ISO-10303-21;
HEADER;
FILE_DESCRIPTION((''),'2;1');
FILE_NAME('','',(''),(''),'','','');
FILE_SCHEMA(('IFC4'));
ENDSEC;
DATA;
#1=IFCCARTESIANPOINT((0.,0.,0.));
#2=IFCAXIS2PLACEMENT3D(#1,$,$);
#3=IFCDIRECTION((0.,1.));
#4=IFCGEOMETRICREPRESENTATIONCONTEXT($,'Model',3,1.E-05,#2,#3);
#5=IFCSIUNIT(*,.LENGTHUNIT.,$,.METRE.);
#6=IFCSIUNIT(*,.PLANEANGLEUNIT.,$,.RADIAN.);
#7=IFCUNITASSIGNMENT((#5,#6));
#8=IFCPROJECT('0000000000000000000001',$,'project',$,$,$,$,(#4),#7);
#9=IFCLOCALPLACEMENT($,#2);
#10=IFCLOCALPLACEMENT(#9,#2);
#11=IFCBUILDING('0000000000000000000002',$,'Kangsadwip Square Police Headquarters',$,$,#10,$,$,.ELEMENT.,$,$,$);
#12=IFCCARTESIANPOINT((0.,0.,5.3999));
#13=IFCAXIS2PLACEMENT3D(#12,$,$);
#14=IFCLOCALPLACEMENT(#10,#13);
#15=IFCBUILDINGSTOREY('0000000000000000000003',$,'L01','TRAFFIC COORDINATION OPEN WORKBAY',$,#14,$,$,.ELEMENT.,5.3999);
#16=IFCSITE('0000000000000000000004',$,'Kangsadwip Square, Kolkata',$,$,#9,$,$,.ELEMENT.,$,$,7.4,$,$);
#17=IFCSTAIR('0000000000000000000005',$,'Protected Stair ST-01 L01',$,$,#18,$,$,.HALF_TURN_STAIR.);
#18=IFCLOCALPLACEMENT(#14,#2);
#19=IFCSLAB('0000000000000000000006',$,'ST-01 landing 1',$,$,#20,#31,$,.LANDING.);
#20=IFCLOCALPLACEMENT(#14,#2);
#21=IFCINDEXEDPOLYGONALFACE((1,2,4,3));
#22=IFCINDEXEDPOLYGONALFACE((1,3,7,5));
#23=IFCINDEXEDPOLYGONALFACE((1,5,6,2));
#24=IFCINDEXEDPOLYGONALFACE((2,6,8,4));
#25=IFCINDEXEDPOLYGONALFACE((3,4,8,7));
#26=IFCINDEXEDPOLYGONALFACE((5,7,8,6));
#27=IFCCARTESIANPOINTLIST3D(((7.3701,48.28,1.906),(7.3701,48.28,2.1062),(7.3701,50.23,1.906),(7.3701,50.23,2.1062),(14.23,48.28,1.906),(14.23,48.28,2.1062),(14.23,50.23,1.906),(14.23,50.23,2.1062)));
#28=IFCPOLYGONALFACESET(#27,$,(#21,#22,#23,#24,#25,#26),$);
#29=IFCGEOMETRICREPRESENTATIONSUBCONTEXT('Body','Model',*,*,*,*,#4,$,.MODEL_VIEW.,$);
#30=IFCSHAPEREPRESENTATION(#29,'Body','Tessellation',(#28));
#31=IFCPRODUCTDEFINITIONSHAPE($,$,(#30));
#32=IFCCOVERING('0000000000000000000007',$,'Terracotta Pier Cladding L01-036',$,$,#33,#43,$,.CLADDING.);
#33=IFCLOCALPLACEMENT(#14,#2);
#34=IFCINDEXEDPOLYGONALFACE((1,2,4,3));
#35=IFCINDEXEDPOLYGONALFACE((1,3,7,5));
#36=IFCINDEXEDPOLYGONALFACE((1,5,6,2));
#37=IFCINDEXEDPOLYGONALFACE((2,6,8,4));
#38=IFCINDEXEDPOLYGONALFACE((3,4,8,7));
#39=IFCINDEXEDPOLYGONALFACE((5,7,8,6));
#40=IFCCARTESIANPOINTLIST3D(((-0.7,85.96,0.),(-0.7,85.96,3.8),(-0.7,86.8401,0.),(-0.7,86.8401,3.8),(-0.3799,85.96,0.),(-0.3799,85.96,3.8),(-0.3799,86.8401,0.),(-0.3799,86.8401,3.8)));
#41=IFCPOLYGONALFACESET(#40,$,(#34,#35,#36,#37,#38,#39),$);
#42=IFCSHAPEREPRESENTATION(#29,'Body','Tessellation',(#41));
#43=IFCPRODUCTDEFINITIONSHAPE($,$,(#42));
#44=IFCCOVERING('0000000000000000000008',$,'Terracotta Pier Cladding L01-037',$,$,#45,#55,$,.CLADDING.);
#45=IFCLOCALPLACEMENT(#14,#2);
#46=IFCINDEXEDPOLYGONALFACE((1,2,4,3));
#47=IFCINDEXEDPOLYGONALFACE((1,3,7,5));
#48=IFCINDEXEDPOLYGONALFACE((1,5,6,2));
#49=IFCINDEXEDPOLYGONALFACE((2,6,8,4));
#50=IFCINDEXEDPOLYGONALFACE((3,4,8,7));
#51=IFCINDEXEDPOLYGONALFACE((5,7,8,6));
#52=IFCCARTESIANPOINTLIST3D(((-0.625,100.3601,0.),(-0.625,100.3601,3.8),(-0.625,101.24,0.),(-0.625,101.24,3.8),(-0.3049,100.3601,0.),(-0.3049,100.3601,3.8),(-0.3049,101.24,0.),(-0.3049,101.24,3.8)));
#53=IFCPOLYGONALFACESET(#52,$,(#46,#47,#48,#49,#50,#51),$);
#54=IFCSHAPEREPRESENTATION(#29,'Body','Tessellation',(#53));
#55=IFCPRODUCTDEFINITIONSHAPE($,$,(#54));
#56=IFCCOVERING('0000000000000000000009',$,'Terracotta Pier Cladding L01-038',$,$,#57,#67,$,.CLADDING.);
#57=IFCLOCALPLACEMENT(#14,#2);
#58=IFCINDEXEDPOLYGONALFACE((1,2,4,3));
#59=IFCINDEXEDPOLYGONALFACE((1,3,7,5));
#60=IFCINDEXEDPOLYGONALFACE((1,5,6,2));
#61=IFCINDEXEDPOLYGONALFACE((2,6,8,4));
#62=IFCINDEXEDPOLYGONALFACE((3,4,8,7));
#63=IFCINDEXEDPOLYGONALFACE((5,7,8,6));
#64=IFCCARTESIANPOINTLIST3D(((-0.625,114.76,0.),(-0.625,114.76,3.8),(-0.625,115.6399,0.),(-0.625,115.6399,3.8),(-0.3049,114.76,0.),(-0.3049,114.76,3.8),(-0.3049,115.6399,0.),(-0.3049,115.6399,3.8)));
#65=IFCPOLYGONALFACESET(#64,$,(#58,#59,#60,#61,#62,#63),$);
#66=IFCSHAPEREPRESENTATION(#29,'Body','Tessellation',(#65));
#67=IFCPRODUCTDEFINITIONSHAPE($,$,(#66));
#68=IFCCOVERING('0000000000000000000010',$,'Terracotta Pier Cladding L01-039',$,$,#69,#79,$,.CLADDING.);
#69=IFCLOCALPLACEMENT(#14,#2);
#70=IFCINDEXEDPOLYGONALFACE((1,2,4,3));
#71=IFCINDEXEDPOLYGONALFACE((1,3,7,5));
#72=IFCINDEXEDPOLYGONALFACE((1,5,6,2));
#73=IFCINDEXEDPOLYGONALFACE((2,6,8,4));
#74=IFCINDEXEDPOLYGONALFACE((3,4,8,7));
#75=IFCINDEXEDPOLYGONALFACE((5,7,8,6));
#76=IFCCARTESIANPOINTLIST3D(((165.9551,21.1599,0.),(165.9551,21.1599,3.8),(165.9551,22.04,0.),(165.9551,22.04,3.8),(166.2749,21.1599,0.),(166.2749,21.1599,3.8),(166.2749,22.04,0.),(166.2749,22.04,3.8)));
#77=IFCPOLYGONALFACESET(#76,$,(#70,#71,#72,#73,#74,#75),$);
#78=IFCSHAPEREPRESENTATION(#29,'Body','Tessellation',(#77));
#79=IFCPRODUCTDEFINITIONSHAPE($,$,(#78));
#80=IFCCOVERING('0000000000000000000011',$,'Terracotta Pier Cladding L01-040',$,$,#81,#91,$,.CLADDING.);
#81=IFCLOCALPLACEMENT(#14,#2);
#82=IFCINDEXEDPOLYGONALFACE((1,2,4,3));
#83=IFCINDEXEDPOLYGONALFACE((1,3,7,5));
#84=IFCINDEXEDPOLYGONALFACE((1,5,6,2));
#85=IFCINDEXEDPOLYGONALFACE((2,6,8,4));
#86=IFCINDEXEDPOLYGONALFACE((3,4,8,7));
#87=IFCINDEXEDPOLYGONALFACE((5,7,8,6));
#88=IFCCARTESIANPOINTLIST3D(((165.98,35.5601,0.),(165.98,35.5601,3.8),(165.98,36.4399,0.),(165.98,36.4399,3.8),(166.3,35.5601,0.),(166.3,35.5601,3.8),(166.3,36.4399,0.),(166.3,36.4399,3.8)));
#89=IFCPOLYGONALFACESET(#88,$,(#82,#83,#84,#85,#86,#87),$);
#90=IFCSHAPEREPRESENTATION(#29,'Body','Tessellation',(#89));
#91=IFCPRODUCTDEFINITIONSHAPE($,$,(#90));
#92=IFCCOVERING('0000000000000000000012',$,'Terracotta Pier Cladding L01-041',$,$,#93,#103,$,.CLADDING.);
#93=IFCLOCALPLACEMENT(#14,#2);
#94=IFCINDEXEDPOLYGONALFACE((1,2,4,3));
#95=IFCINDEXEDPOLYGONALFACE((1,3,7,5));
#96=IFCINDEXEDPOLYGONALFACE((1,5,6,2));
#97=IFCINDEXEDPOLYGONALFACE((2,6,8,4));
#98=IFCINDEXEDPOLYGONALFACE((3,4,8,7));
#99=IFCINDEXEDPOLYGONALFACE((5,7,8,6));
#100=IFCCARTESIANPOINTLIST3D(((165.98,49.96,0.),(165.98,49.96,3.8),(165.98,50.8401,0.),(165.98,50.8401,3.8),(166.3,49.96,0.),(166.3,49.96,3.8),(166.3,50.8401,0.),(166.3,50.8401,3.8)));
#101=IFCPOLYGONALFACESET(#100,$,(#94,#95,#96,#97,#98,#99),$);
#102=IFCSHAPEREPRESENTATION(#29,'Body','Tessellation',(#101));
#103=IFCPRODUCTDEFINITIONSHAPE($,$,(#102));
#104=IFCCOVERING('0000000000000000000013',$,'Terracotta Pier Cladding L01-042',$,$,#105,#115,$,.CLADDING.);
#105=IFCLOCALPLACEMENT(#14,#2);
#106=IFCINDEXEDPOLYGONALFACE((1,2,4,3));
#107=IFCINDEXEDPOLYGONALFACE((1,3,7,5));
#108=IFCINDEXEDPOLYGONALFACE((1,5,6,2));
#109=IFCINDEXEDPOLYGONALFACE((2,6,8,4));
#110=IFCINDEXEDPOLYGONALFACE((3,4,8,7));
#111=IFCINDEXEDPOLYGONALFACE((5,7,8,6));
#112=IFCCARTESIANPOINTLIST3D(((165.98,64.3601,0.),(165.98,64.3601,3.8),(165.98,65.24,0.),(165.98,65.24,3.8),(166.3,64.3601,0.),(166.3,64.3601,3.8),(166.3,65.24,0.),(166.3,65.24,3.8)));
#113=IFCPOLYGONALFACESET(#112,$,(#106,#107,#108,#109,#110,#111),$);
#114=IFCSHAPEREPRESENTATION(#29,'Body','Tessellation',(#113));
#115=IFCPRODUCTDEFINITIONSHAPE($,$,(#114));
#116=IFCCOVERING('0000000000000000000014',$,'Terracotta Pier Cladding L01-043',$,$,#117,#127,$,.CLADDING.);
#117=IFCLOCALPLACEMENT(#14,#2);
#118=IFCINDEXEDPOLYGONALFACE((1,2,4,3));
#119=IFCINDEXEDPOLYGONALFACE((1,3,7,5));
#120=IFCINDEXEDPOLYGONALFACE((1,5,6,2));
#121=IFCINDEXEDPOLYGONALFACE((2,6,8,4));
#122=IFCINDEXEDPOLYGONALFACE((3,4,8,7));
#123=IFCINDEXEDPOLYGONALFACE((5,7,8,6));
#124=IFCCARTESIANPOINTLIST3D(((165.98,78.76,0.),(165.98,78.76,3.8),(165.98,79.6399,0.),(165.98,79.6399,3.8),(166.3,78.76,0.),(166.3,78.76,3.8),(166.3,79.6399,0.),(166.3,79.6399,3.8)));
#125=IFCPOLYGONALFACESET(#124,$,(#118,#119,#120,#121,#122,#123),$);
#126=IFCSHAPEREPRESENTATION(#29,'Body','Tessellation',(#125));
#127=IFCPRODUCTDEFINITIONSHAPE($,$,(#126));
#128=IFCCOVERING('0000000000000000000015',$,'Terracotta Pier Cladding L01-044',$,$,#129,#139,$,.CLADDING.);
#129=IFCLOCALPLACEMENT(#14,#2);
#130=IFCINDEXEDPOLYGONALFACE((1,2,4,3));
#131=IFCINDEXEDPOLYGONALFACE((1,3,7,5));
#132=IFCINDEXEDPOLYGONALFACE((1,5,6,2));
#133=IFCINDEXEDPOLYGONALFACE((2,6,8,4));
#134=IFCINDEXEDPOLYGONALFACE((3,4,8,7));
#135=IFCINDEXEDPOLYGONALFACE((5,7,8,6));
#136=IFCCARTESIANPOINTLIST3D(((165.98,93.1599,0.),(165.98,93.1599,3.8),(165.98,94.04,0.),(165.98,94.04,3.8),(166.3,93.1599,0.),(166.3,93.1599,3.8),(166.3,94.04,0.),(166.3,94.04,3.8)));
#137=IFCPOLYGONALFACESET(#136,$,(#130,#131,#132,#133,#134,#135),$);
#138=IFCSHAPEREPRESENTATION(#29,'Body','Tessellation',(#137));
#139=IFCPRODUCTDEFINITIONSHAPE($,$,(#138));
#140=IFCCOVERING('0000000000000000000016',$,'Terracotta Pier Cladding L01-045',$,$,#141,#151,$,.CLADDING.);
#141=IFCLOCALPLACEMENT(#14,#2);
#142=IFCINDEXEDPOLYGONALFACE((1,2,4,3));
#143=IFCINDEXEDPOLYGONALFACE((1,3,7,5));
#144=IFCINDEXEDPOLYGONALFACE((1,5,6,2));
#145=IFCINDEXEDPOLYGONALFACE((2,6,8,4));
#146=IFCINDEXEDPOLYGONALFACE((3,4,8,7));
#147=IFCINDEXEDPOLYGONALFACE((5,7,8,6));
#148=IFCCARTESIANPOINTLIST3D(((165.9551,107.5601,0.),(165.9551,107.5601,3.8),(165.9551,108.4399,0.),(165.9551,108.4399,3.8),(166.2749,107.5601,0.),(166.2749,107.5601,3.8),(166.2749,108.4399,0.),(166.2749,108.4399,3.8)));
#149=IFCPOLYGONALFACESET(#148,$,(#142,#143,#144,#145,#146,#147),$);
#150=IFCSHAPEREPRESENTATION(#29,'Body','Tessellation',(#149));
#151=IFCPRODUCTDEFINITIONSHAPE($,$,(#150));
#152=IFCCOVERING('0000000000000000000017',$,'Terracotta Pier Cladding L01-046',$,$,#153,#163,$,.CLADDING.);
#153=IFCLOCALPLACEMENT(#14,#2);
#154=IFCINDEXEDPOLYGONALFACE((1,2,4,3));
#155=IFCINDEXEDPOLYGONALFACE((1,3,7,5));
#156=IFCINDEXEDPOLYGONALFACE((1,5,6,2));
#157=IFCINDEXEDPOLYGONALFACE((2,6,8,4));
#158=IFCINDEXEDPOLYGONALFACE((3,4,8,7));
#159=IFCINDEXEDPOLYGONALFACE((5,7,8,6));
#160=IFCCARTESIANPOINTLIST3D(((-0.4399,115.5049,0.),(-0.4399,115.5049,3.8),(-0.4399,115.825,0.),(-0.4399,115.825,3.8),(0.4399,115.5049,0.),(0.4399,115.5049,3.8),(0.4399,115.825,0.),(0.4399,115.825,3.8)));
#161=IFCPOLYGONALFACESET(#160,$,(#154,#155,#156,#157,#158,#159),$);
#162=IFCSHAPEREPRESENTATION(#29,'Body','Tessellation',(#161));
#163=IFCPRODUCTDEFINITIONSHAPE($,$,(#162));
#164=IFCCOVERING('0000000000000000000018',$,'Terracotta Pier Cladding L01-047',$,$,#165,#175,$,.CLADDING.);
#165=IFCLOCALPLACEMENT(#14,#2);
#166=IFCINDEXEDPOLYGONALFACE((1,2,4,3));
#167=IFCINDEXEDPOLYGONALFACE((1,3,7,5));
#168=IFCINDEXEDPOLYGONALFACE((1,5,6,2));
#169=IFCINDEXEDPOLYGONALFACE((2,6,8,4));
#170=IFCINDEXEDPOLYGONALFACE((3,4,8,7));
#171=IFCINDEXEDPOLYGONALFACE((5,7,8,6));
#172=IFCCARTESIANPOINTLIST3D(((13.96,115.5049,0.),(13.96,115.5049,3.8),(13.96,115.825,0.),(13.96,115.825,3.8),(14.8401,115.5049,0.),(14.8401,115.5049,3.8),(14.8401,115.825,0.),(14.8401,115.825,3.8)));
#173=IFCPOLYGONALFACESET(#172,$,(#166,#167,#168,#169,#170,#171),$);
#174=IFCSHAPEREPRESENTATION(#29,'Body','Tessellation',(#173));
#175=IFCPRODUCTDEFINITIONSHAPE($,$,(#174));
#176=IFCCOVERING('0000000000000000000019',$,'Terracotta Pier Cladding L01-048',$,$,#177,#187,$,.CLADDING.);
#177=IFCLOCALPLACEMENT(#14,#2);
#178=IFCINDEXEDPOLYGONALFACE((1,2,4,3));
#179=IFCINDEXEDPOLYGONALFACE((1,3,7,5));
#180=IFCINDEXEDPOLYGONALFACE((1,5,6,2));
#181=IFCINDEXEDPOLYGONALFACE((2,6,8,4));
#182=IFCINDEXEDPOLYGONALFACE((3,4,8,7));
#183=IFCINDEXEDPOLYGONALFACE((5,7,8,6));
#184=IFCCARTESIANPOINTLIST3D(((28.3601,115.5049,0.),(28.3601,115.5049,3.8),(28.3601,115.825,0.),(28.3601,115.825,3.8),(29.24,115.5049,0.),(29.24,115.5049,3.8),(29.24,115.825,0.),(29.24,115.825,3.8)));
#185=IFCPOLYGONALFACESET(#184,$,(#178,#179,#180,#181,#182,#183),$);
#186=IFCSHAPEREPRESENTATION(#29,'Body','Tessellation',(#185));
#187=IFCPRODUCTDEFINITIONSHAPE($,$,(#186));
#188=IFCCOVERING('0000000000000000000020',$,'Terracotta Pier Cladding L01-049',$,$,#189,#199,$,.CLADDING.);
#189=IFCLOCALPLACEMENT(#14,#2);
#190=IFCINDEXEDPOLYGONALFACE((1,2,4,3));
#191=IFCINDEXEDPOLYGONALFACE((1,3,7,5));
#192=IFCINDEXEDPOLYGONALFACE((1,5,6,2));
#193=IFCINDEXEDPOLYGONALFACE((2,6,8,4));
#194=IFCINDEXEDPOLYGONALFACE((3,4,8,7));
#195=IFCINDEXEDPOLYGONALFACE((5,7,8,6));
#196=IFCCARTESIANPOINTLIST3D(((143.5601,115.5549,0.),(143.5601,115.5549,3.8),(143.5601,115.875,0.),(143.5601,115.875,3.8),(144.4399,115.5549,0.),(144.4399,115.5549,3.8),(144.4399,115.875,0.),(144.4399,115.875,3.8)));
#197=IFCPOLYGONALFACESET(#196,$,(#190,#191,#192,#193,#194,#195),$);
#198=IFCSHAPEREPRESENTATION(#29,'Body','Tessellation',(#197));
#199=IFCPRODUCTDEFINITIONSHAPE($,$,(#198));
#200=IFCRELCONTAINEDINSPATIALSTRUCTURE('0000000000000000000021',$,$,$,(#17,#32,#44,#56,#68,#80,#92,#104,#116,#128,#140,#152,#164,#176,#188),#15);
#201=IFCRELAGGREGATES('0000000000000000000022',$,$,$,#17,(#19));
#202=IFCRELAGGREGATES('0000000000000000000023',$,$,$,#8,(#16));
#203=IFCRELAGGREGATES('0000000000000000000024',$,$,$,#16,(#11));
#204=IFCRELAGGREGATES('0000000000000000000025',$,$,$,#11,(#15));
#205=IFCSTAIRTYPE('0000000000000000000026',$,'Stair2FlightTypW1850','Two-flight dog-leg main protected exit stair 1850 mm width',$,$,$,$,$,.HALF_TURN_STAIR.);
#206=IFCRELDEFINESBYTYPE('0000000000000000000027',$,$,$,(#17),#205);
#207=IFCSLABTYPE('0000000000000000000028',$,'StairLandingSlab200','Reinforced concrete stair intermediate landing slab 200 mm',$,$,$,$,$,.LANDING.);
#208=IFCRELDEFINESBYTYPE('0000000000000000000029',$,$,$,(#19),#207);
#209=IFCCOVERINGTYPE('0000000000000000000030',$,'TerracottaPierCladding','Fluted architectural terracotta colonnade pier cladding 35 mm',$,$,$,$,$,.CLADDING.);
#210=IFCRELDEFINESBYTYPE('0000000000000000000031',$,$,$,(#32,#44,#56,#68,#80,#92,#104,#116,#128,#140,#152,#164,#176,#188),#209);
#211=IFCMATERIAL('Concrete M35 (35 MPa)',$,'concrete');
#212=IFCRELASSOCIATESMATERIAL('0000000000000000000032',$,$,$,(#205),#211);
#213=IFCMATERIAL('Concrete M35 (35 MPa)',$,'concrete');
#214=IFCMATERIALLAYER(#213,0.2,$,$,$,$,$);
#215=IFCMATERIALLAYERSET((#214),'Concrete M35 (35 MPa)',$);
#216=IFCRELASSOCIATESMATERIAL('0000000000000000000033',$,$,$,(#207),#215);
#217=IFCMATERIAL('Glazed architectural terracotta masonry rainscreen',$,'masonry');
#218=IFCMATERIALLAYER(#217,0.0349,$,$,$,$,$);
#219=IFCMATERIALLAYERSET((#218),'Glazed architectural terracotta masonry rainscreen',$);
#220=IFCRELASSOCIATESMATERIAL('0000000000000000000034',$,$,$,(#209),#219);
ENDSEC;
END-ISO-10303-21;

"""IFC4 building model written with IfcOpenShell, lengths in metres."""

from ifc_helpers import new_model, si_unit, direction, frame, origin, place, context, subcontext, project, spatial, polyline, outline, extrude, material, layer, layer_set, type_object, element, aggregate, save


model = new_model("IFC4")

# Units and contexts
model_context = context("Model", 3, precision=1e-05, world=origin(), true_north=direction((0.0, 1.0)))
body_context = subcontext(model_context, "Body", "Model", "MODEL_VIEW")
ifc_project = project(units=[si_unit("LENGTHUNIT", "METRE"), si_unit("PLANEANGLEUNIT", "RADIAN")], contexts=[model_context])

# Site, building, storey
site_placement = place(None, origin())
site = spatial("IfcSite", under=ifc_project, at=site_placement, Name="Kangsadwip Square, Kolkata", CompositionType="ELEMENT", RefElevation=7.4)
building_placement = place(site_placement, origin())
building = spatial("IfcBuilding", under=site, at=building_placement, Name="Kangsadwip Square Police Headquarters", CompositionType="ELEMENT")
storey_placement = place(building_placement, frame((0.0, 0.0, 5.3999)))
storey = spatial("IfcBuildingStorey", under=building, at=storey_placement, Name="L01", Description="TRAFFIC COORDINATION OPEN WORKBAY", CompositionType="ELEMENT", Elevation=5.3999)

# Stair, slab
ifc_material_1 = material(Name="Concrete M35 (35 MPa)", Category="concrete")
stair_type = type_object("IfcStairType", Name="Stair2FlightTypW1850", Description="Two-flight dog-leg main protected exit stair 1850 mm width", PredefinedType="HALF_TURN_STAIR", material=ifc_material_1)
stair_placement = place(storey_placement, origin())
stair = element("IfcStair", 1, at=stair_placement, inside=storey, type_object=stair_type, Name="Protected Stair ST-01 L01", PredefinedType="HALF_TURN_STAIR")
ifc_material_2 = material(Name="Concrete M35 (35 MPa)", Category="concrete")
ifc_layer_1 = layer(ifc_material_2, 0.2)
ifc_layer_set_1 = layer_set([ifc_layer_1], Name="Concrete M35 (35 MPa)")
slab_type = type_object("IfcSlabType", Name="StairLandingSlab200", Description="Reinforced concrete stair intermediate landing slab 200 mm", PredefinedType="LANDING", material=ifc_layer_set_1)
slab_placement = place(storey_placement, frame((0.0, 0.0, 1.906)))
slab = element("IfcSlab", 2, at=slab_placement, type_object=slab_type, Name="ST-01 landing 1", PredefinedType="LANDING", context=body_context, shape_type="SweptSolid", body=[
    extrude(outline(polyline([(7.3701, 48.28), (14.23, 48.28), (14.23, 50.23), (7.3701, 50.23), (7.3701, 48.28)])), origin(), (0.0, 0.0, 1.0), 0.2002),
])
aggregate(stair, [slab])

# Coverings
ifc_material_3 = material(Name="Glazed architectural terracotta masonry rainscreen", Category="masonry")
ifc_layer_2 = layer(ifc_material_3, 0.0349)
ifc_layer_set_2 = layer_set([ifc_layer_2], Name="Glazed architectural terracotta masonry rainscreen")
covering_type = type_object("IfcCoveringType", Name="TerracottaPierCladding", Description="Fluted architectural terracotta colonnade pier cladding 35 mm", PredefinedType="CLADDING", material=ifc_layer_set_2)
covering_1_placement = place(storey_placement, origin())
element("IfcCovering", 3, at=covering_1_placement, inside=storey, type_object=covering_type, Name="Terracotta Pier Cladding L01-036", PredefinedType="CLADDING", context=body_context, shape_type="SweptSolid", body=[
    extrude(outline(polyline([(-0.7, 85.96), (-0.3799, 85.96), (-0.3799, 86.8401), (-0.7, 86.8401), (-0.7, 85.96)])), origin(), (0.0, 0.0, 1.0), 3.8),
])
covering_2_placement = place(storey_placement, origin())
element("IfcCovering", 4, at=covering_2_placement, inside=storey, type_object=covering_type, Name="Terracotta Pier Cladding L01-037", PredefinedType="CLADDING", context=body_context, shape_type="SweptSolid", body=[
    extrude(outline(polyline([(-0.625, 100.3601), (-0.3049, 100.3601), (-0.3049, 101.24), (-0.625, 101.24), (-0.625, 100.3601)])), origin(), (0.0, 0.0, 1.0), 3.8),
])
covering_3_placement = place(storey_placement, origin())
element("IfcCovering", 5, at=covering_3_placement, inside=storey, type_object=covering_type, Name="Terracotta Pier Cladding L01-038", PredefinedType="CLADDING", context=body_context, shape_type="SweptSolid", body=[
    extrude(outline(polyline([(-0.625, 114.76), (-0.3049, 114.76), (-0.3049, 115.6399), (-0.625, 115.6399), (-0.625, 114.76)])), origin(), (0.0, 0.0, 1.0), 3.8),
])
covering_4_placement = place(storey_placement, origin())
element("IfcCovering", 6, at=covering_4_placement, inside=storey, type_object=covering_type, Name="Terracotta Pier Cladding L01-039", PredefinedType="CLADDING", context=body_context, shape_type="SweptSolid", body=[
    extrude(outline(polyline([(165.9551, 21.1599), (166.2749, 21.1599), (166.2749, 22.04), (165.9551, 22.04), (165.9551, 21.1599)])), origin(), (0.0, 0.0, 1.0), 3.8),
])
covering_5_placement = place(storey_placement, origin())
element("IfcCovering", 7, at=covering_5_placement, inside=storey, type_object=covering_type, Name="Terracotta Pier Cladding L01-040", PredefinedType="CLADDING", context=body_context, shape_type="SweptSolid", body=[
    extrude(outline(polyline([(165.98, 35.5601), (166.3, 35.5601), (166.3, 36.4399), (165.98, 36.4399), (165.98, 35.5601)])), origin(), (0.0, 0.0, 1.0), 3.8),
])
covering_6_placement = place(storey_placement, origin())
element("IfcCovering", 8, at=covering_6_placement, inside=storey, type_object=covering_type, Name="Terracotta Pier Cladding L01-041", PredefinedType="CLADDING", context=body_context, shape_type="SweptSolid", body=[
    extrude(outline(polyline([(165.98, 49.96), (166.3, 49.96), (166.3, 50.8401), (165.98, 50.8401), (165.98, 49.96)])), origin(), (0.0, 0.0, 1.0), 3.8),
])
covering_7_placement = place(storey_placement, origin())
element("IfcCovering", 9, at=covering_7_placement, inside=storey, type_object=covering_type, Name="Terracotta Pier Cladding L01-042", PredefinedType="CLADDING", context=body_context, shape_type="SweptSolid", body=[
    extrude(outline(polyline([(165.98, 64.3601), (166.3, 64.3601), (166.3, 65.24), (165.98, 65.24), (165.98, 64.3601)])), origin(), (0.0, 0.0, 1.0), 3.8),
])
covering_8_placement = place(storey_placement, origin())
element("IfcCovering", 10, at=covering_8_placement, inside=storey, type_object=covering_type, Name="Terracotta Pier Cladding L01-043", PredefinedType="CLADDING", context=body_context, shape_type="SweptSolid", body=[
    extrude(outline(polyline([(165.98, 78.76), (166.3, 78.76), (166.3, 79.6399), (165.98, 79.6399), (165.98, 78.76)])), origin(), (0.0, 0.0, 1.0), 3.8),
])
covering_9_placement = place(storey_placement, origin())
element("IfcCovering", 11, at=covering_9_placement, inside=storey, type_object=covering_type, Name="Terracotta Pier Cladding L01-044", PredefinedType="CLADDING", context=body_context, shape_type="SweptSolid", body=[
    extrude(outline(polyline([(165.98, 93.1599), (166.3, 93.1599), (166.3, 94.04), (165.98, 94.04), (165.98, 93.1599)])), origin(), (0.0, 0.0, 1.0), 3.8),
])
covering_10_placement = place(storey_placement, origin())
element("IfcCovering", 12, at=covering_10_placement, inside=storey, type_object=covering_type, Name="Terracotta Pier Cladding L01-045", PredefinedType="CLADDING", context=body_context, shape_type="SweptSolid", body=[
    extrude(outline(polyline([(165.9551, 107.5601), (166.2749, 107.5601), (166.2749, 108.4399), (165.9551, 108.4399), (165.9551, 107.5601)])), origin(), (0.0, 0.0, 1.0), 3.8),
])
covering_11_placement = place(storey_placement, origin())
element("IfcCovering", 13, at=covering_11_placement, inside=storey, type_object=covering_type, Name="Terracotta Pier Cladding L01-046", PredefinedType="CLADDING", context=body_context, shape_type="SweptSolid", body=[
    extrude(outline(polyline([(-0.4399, 115.5049), (0.4399, 115.5049), (0.4399, 115.825), (-0.4399, 115.825), (-0.4399, 115.5049)])), origin(), (0.0, 0.0, 1.0), 3.8),
])
covering_12_placement = place(storey_placement, origin())
element("IfcCovering", 14, at=covering_12_placement, inside=storey, type_object=covering_type, Name="Terracotta Pier Cladding L01-047", PredefinedType="CLADDING", context=body_context, shape_type="SweptSolid", body=[
    extrude(outline(polyline([(13.96, 115.5049), (14.8401, 115.5049), (14.8401, 115.825), (13.96, 115.825), (13.96, 115.5049)])), origin(), (0.0, 0.0, 1.0), 3.8),
])
covering_13_placement = place(storey_placement, origin())
element("IfcCovering", 15, at=covering_13_placement, inside=storey, type_object=covering_type, Name="Terracotta Pier Cladding L01-048", PredefinedType="CLADDING", context=body_context, shape_type="SweptSolid", body=[
    extrude(outline(polyline([(28.3601, 115.5049), (29.24, 115.5049), (29.24, 115.825), (28.3601, 115.825), (28.3601, 115.5049)])), origin(), (0.0, 0.0, 1.0), 3.8),
])
covering_14_placement = place(storey_placement, origin())
element("IfcCovering", 16, at=covering_14_placement, inside=storey, type_object=covering_type, Name="Terracotta Pier Cladding L01-049", PredefinedType="CLADDING", context=body_context, shape_type="SweptSolid", body=[
    extrude(outline(polyline([(143.5601, 115.5549), (144.4399, 115.5549), (144.4399, 115.875), (143.5601, 115.875), (143.5601, 115.5549)])), origin(), (0.0, 0.0, 1.0), 3.8),
])

save(model, "model.ifc")
